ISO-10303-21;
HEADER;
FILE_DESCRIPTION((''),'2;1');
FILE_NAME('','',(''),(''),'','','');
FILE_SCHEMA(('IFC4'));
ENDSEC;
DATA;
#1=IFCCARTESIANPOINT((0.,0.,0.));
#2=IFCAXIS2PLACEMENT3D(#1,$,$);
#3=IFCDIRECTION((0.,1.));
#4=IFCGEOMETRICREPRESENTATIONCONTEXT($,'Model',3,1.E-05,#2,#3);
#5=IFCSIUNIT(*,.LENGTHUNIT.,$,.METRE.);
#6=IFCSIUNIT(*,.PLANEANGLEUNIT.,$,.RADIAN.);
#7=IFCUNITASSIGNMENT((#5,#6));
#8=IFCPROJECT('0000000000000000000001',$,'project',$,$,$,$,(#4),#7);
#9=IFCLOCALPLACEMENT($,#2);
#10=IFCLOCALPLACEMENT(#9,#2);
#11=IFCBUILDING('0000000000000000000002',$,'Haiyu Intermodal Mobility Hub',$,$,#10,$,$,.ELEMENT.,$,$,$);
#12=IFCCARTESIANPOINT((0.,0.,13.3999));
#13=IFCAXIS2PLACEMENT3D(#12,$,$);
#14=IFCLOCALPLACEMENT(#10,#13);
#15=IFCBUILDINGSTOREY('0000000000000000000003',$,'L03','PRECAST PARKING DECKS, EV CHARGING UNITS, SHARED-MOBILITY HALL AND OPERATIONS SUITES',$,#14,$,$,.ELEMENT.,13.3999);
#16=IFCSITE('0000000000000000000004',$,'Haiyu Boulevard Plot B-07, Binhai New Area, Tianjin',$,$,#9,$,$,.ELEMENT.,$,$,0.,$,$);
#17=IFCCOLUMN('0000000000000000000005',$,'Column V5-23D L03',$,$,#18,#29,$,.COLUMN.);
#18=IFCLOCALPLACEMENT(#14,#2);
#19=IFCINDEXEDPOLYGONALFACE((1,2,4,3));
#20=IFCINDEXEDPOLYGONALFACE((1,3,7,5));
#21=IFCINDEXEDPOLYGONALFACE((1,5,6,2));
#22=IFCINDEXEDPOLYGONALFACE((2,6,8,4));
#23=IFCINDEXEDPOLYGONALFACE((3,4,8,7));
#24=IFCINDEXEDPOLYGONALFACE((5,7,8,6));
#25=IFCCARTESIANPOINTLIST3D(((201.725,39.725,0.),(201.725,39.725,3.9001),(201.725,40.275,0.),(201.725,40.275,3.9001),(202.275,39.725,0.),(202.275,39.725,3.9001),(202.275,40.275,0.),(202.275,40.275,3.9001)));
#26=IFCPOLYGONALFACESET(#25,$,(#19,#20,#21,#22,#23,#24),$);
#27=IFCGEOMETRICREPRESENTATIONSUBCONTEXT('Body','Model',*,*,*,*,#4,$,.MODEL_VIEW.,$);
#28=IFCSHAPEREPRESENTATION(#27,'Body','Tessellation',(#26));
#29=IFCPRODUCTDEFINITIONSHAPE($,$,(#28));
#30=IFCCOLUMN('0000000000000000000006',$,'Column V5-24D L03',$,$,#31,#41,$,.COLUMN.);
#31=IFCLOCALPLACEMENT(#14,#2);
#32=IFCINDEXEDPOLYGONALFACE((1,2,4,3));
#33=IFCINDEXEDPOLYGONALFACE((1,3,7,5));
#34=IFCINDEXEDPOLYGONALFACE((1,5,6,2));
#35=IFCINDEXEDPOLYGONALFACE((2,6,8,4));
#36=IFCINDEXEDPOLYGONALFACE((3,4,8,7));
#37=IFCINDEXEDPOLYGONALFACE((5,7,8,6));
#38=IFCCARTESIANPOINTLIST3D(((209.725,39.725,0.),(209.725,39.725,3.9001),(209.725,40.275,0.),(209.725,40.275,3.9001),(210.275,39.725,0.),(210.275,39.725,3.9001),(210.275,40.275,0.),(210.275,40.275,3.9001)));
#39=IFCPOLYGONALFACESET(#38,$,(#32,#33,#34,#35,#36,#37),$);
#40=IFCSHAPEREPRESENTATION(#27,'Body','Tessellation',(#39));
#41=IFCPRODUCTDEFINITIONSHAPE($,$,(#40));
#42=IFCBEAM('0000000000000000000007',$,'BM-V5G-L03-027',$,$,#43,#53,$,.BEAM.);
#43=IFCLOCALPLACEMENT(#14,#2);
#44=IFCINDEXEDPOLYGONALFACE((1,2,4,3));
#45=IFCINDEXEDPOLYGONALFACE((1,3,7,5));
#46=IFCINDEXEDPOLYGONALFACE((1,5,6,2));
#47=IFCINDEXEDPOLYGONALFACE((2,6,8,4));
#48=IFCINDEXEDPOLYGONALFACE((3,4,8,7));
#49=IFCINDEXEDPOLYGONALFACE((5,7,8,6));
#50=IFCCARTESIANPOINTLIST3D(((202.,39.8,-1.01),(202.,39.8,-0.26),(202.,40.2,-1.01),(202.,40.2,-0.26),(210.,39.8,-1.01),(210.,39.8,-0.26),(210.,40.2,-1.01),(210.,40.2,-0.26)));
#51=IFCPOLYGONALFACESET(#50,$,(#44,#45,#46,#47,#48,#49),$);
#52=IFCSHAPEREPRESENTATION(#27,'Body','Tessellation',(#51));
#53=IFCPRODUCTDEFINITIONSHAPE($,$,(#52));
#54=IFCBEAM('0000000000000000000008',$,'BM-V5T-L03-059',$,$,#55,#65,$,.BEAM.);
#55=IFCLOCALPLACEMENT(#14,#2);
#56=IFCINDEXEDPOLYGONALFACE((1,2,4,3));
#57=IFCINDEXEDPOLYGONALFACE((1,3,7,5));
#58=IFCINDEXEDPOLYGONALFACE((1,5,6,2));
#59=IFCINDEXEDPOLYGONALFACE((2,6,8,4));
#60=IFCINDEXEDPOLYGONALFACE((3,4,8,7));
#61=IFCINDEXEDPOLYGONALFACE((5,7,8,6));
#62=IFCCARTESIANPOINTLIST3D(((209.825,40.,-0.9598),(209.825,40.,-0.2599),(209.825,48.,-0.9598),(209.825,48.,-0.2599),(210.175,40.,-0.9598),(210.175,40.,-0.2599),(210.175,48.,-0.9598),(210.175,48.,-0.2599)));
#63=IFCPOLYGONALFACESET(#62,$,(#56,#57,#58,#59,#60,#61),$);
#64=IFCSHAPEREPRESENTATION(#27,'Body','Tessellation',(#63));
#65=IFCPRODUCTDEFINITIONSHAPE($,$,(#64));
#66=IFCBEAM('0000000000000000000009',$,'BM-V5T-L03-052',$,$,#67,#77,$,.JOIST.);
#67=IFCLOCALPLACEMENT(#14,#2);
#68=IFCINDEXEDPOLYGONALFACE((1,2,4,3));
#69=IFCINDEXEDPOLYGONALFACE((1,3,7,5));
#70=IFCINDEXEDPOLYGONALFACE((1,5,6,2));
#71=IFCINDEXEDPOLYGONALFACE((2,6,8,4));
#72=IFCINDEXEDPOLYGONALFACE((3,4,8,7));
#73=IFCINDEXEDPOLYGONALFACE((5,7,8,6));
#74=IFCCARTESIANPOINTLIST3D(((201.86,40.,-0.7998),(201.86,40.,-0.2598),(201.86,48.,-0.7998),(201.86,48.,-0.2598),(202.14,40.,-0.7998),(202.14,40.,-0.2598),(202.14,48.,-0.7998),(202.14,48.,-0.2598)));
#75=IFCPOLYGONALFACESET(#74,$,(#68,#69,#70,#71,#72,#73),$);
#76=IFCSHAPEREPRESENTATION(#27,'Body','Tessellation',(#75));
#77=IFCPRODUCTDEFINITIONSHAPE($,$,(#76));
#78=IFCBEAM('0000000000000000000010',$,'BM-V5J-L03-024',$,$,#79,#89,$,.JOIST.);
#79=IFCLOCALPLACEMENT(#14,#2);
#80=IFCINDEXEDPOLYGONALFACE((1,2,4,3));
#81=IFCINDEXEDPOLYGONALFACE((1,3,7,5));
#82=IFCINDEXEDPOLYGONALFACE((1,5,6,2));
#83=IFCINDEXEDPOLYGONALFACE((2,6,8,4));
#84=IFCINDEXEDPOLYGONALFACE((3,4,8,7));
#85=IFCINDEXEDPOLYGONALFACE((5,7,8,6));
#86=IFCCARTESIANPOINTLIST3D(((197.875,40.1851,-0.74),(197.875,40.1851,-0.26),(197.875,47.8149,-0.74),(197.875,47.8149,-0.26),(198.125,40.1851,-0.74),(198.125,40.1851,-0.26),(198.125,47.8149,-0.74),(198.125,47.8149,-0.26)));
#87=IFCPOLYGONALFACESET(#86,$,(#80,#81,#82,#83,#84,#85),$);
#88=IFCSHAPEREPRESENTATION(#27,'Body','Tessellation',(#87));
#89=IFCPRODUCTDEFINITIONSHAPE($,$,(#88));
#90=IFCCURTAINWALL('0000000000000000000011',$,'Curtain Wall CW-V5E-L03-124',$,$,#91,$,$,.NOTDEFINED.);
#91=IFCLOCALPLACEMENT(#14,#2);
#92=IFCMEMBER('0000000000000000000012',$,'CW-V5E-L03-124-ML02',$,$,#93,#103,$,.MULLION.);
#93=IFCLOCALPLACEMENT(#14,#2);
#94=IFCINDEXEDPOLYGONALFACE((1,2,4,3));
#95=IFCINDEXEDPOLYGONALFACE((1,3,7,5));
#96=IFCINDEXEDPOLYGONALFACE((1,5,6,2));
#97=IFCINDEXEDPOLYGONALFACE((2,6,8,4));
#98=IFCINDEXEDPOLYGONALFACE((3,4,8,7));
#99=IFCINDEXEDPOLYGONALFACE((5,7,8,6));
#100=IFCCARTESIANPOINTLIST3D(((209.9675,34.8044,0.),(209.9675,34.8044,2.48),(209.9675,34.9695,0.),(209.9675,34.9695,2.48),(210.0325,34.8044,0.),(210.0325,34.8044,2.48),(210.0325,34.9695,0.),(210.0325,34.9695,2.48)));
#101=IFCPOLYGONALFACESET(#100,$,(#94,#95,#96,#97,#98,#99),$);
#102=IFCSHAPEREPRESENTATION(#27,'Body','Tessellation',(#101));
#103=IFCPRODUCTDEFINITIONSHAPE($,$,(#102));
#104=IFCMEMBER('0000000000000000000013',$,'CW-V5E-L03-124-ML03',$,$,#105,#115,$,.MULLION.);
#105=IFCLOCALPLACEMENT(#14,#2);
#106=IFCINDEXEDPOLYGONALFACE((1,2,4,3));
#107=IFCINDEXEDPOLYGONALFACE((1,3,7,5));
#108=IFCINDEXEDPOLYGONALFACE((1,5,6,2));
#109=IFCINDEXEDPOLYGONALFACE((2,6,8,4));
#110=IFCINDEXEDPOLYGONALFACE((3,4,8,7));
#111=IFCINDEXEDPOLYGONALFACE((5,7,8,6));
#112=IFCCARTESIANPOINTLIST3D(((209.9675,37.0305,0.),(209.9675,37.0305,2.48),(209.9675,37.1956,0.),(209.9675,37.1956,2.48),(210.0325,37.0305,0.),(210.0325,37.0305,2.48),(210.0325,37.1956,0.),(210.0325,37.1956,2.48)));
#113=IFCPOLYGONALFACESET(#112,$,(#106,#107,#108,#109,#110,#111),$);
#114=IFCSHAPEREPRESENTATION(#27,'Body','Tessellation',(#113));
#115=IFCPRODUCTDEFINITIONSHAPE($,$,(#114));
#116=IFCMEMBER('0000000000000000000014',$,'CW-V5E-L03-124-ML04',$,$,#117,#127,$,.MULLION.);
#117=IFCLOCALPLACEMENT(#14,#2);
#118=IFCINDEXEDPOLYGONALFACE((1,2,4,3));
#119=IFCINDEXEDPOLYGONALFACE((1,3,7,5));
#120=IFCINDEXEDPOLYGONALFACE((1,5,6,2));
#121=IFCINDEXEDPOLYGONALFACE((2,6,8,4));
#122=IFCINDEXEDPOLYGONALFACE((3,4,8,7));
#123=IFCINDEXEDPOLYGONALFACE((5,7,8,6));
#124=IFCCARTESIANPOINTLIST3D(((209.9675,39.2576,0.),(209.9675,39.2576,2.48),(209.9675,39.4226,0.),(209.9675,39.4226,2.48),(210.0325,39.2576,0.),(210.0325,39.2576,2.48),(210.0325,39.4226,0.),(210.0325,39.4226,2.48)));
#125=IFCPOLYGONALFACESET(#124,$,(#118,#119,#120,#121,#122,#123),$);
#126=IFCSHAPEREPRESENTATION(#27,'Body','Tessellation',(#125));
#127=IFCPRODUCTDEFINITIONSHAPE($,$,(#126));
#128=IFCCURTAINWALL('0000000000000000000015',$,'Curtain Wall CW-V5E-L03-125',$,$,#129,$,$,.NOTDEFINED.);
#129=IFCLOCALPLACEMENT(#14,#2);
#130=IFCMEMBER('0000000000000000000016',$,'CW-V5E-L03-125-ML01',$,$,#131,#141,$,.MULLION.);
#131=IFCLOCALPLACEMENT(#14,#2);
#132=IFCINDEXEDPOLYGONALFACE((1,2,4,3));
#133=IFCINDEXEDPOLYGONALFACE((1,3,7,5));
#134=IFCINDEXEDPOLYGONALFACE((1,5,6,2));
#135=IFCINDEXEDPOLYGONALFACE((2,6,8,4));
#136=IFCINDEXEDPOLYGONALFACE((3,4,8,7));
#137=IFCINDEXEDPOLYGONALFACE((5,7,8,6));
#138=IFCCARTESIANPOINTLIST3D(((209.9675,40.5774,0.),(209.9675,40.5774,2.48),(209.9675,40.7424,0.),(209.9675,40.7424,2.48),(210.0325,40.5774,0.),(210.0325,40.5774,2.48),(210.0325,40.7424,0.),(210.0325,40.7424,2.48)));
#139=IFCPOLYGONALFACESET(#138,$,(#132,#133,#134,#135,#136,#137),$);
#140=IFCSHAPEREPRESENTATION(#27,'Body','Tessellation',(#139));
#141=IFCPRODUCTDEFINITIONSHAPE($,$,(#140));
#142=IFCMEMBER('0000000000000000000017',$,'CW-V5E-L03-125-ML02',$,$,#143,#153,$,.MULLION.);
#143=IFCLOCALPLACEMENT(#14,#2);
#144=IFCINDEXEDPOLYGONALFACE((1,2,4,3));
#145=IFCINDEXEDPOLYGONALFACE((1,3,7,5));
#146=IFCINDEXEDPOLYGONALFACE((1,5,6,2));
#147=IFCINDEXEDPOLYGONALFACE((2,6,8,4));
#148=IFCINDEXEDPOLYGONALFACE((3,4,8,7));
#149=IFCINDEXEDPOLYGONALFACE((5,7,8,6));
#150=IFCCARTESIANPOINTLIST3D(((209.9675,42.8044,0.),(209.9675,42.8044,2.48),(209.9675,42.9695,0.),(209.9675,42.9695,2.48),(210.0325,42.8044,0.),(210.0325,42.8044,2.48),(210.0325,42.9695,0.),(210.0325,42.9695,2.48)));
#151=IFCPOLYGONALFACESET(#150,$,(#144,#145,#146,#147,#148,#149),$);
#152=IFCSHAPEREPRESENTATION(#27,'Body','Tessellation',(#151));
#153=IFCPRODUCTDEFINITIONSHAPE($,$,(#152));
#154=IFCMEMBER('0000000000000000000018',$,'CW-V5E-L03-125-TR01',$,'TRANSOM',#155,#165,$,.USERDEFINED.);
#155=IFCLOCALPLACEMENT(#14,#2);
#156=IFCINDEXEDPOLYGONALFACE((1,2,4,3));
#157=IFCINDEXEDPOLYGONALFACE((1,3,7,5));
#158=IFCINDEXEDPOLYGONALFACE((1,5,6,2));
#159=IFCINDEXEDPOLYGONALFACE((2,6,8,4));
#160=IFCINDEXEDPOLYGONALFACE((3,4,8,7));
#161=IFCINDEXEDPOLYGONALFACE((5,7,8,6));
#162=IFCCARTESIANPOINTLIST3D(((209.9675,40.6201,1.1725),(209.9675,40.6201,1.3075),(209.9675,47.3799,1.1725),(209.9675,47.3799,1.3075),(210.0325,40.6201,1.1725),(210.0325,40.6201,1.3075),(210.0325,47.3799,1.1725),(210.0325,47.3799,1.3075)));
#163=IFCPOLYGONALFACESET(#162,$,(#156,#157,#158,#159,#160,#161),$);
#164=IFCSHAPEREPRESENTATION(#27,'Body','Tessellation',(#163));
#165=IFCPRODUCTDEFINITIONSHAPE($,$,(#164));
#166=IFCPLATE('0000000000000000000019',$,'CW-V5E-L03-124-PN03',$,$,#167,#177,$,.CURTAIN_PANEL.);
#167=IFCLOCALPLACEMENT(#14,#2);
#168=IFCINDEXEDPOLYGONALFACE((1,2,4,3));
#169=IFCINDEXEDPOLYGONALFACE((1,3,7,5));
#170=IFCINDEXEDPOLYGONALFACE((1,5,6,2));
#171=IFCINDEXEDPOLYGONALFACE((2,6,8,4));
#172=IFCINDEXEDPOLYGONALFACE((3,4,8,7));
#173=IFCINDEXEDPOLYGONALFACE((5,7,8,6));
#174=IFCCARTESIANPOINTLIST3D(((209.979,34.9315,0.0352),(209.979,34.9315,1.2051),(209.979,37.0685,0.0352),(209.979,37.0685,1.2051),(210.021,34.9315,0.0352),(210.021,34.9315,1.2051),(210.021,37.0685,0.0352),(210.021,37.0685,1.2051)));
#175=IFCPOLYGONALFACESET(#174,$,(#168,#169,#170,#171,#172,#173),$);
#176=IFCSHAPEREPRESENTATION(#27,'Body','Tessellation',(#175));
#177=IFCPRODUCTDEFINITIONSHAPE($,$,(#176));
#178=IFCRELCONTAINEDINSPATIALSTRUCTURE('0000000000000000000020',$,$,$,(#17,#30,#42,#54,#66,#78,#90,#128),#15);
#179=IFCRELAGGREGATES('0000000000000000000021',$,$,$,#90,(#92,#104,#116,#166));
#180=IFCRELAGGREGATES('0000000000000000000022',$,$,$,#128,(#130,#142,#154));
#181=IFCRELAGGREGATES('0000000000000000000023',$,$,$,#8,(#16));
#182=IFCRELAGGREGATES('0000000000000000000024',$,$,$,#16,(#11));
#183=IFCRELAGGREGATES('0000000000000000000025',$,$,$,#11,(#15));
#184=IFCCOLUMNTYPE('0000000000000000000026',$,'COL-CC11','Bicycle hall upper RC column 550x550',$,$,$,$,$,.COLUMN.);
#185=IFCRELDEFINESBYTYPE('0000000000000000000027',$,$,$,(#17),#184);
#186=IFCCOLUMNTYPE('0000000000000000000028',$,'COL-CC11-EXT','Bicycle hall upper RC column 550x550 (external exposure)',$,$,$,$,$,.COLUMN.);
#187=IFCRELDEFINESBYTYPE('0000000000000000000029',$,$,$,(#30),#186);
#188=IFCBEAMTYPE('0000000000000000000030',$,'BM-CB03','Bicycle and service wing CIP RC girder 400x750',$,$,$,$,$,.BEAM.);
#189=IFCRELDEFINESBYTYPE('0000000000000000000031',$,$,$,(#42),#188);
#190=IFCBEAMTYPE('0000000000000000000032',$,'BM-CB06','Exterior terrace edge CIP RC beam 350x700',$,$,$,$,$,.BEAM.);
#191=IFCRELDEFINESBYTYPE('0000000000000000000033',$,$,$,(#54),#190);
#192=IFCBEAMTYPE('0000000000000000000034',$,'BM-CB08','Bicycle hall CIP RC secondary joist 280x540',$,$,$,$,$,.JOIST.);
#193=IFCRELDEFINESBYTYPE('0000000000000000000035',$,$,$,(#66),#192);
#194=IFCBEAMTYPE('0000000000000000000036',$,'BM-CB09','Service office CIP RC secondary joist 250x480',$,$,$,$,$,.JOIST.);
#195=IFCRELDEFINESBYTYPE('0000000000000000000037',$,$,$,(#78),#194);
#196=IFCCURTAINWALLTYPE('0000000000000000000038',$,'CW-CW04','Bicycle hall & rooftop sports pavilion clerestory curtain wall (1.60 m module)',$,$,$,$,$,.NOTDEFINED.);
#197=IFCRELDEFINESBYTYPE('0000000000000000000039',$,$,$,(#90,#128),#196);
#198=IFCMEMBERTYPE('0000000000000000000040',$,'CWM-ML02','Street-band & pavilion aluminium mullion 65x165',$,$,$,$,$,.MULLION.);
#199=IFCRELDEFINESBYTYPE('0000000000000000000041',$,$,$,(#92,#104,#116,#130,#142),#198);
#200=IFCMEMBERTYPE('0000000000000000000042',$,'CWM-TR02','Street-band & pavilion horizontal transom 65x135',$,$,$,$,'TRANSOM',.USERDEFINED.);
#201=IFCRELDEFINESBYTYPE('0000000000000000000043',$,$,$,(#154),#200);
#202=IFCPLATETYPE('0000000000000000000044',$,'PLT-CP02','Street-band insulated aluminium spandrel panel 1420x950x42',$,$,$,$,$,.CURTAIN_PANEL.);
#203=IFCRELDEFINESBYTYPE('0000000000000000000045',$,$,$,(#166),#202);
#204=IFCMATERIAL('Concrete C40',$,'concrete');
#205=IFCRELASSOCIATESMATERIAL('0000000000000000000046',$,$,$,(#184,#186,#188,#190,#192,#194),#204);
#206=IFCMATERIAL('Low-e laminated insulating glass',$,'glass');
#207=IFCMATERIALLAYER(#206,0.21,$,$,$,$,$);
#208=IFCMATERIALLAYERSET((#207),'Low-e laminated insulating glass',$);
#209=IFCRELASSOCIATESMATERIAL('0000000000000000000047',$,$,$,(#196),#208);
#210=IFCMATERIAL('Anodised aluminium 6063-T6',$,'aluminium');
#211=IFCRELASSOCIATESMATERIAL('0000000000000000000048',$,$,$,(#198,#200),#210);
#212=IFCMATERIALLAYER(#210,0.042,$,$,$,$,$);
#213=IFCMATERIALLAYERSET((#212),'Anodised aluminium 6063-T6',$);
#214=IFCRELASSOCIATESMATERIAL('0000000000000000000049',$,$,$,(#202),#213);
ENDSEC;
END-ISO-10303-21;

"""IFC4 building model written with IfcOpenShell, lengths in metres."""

from ifc_helpers import new_model, si_unit, direction, frame, origin, origin_2d, place, context, subcontext, project, spatial, rectangle, extrude, material, layer, layer_set, material_profile, profile_set, type_object, element, aggregate, save


model = new_model("IFC4")

# Units and contexts
model_context = context("Model", 3, precision=1e-05, world=origin(), true_north=direction((0.0, 1.0)))
body_context = subcontext(model_context, "Body", "Model", "MODEL_VIEW")
ifc_project = project(units=[si_unit("LENGTHUNIT", "METRE"), si_unit("PLANEANGLEUNIT", "RADIAN")], contexts=[model_context])

# Site, building, storey
site_placement = place(None, origin())
site = spatial("IfcSite", under=ifc_project, at=site_placement, Name="Haiyu Boulevard Plot B-07, Binhai New Area, Tianjin", CompositionType="ELEMENT", RefElevation=0.0)
building_placement = place(site_placement, origin())
building = spatial("IfcBuilding", under=site, at=building_placement, Name="Haiyu Intermodal Mobility Hub", CompositionType="ELEMENT")
storey_placement = place(building_placement, frame((0.0, 0.0, 13.3999)))
storey = spatial("IfcBuildingStorey", under=building, at=storey_placement, Name="L03", Description="PRECAST PARKING DECKS, EV CHARGING UNITS, SHARED-MOBILITY HALL AND OPERATIONS SUITES", CompositionType="ELEMENT", Elevation=13.3999)

# Columns
ifc_material_1 = material(Name="Concrete C40", Category="concrete")
ifc_material_profile_1 = material_profile(ifc_material_1, rectangle(XDim=0.55, YDim=0.55, at=origin_2d()), Name="RC550x550")
ifc_profile_set_1 = profile_set([ifc_material_profile_1], Name="Concrete C40")
column_type_1 = type_object("IfcColumnType", Name="COL-CC11", Description="Bicycle hall upper RC column 550x550", PredefinedType="COLUMN", material=ifc_profile_set_1)
column_1_placement = place(storey_placement, frame((202.0, 40.0, 0.0), z_axis=(0.0, 0.0, 1.0), x_axis=(1.0, 0.0, 0.0)))
element("IfcColumn", 1, at=column_1_placement, inside=storey, type_object=column_type_1, Name="Column V5-23D L03", PredefinedType="COLUMN", context=body_context, shape_type="SweptSolid", body=[
    extrude(rectangle(XDim=0.55, YDim=0.55, at=origin_2d()), origin(), (0.0, 0.0, 1.0), 3.9001),
])
ifc_material_profile_2 = material_profile(ifc_material_1, rectangle(XDim=0.55, YDim=0.55, at=origin_2d()), Name="RC550x550")
ifc_profile_set_2 = profile_set([ifc_material_profile_2], Name="Concrete C40")
column_type_2 = type_object("IfcColumnType", Name="COL-CC11-EXT", Description="Bicycle hall upper RC column 550x550 (external exposure)", PredefinedType="COLUMN", material=ifc_profile_set_2)
column_2_placement = place(storey_placement, frame((210.0, 40.0, 0.0), z_axis=(0.0, 0.0, 1.0), x_axis=(1.0, 0.0, 0.0)))
element("IfcColumn", 2, at=column_2_placement, inside=storey, type_object=column_type_2, Name="Column V5-24D L03", PredefinedType="COLUMN", context=body_context, shape_type="SweptSolid", body=[
    extrude(rectangle(XDim=0.55, YDim=0.55, at=origin_2d()), origin(), (0.0, 0.0, 1.0), 3.9001),
])

# Beams
ifc_material_profile_3 = material_profile(ifc_material_1, rectangle(XDim=0.3999, YDim=0.75, at=origin_2d()), Name="RCB400x750")
ifc_profile_set_3 = profile_set([ifc_material_profile_3], Name="Concrete C40")
beam_type_1 = type_object("IfcBeamType", Name="BM-CB03", Description="Bicycle and service wing CIP RC girder 400x750", PredefinedType="BEAM", material=ifc_profile_set_3)
beam_1_placement = place(storey_placement, frame((202.0, 40.0, -0.635), z_axis=(1.0, 0.0, 0.0), x_axis=(0.0, 1.0, 0.0)))
element("IfcBeam", 3, at=beam_1_placement, inside=storey, type_object=beam_type_1, Name="BM-V5G-L03-027", PredefinedType="BEAM", context=body_context, shape_type="SweptSolid", body=[
    extrude(rectangle(XDim=0.3999, YDim=0.75, at=origin_2d()), origin(), (0.0, 0.0, 1.0), 8.0),
])
ifc_material_profile_4 = material_profile(ifc_material_1, rectangle(XDim=0.3501, YDim=0.7, at=origin_2d()), Name="RCB350x700")
ifc_profile_set_4 = profile_set([ifc_material_profile_4], Name="Concrete C40")
beam_type_2 = type_object("IfcBeamType", Name="BM-CB06", Description="Exterior terrace edge CIP RC beam 350x700", PredefinedType="BEAM", material=ifc_profile_set_4)
beam_2_placement = place(storey_placement, frame((210.0, 40.0, -0.6099), z_axis=(0.0, 1.0, 0.0), x_axis=(-1.0, 0.0, 0.0)))
element("IfcBeam", 4, at=beam_2_placement, inside=storey, type_object=beam_type_2, Name="BM-V5T-L03-059", PredefinedType="BEAM", context=body_context, shape_type="SweptSolid", body=[
    extrude(rectangle(XDim=0.3501, YDim=0.7, at=origin_2d()), origin(), (0.0, 0.0, 1.0), 8.0),
])
ifc_material_profile_5 = material_profile(ifc_material_1, rectangle(XDim=0.28, YDim=0.54, at=origin_2d()), Name="RCB280x540")
ifc_profile_set_5 = profile_set([ifc_material_profile_5], Name="Concrete C40")
beam_type_3 = type_object("IfcBeamType", Name="BM-CB08", Description="Bicycle hall CIP RC secondary joist 280x540", PredefinedType="JOIST", material=ifc_profile_set_5)
beam_3_placement = place(storey_placement, frame((202.0, 40.0, -0.5298), z_axis=(0.0, 1.0, 0.0), x_axis=(-1.0, 0.0, 0.0)))
element("IfcBeam", 5, at=beam_3_placement, inside=storey, type_object=beam_type_3, Name="BM-V5T-L03-052", PredefinedType="JOIST", context=body_context, shape_type="SweptSolid", body=[
    extrude(rectangle(XDim=0.28, YDim=0.54, at=origin_2d()), origin(), (0.0, 0.0, 1.0), 8.0),
])
ifc_material_profile_6 = material_profile(ifc_material_1, rectangle(XDim=0.25, YDim=0.48, at=origin_2d()), Name="RCB250x480")
ifc_profile_set_6 = profile_set([ifc_material_profile_6], Name="Concrete C40")
beam_type_4 = type_object("IfcBeamType", Name="BM-CB09", Description="Service office CIP RC secondary joist 250x480", PredefinedType="JOIST", material=ifc_profile_set_6)
beam_4_placement = place(storey_placement, frame((198.0, 40.1851, -0.5), z_axis=(0.0, 1.0, 0.0), x_axis=(-1.0, 0.0, 0.0)))
element("IfcBeam", 6, at=beam_4_placement, inside=storey, type_object=beam_type_4, Name="BM-V5J-L03-024", PredefinedType="JOIST", context=body_context, shape_type="SweptSolid", body=[
    extrude(rectangle(XDim=0.25, YDim=0.48, at=origin_2d()), origin(), (0.0, 0.0, 1.0), 7.6299),
])

# Curtain walls, members
ifc_material_2 = material(Name="Low-e laminated insulating glass", Category="glass")
ifc_layer_1 = layer(ifc_material_2, 0.21)
ifc_layer_set_1 = layer_set([ifc_layer_1], Name="Low-e laminated insulating glass")
curtain_wall_type = type_object("IfcCurtainWallType", Name="CW-CW04", Description="Bicycle hall & rooftop sports pavilion clerestory curtain wall (1.60 m module)", PredefinedType="NOTDEFINED", material=ifc_layer_set_1)
curtain_wall_1_placement = place(storey_placement, origin())
curtain_wall_1 = element("IfcCurtainWall", 7, at=curtain_wall_1_placement, inside=storey, type_object=curtain_wall_type, Name="Curtain Wall CW-V5E-L03-124", PredefinedType="NOTDEFINED")
ifc_material_3 = material(Name="Anodised aluminium 6063-T6", Category="aluminium")
ifc_material_profile_7 = material_profile(ifc_material_3, rectangle(XDim=0.0649, YDim=0.165, at=origin_2d()), Name="ALU65x165")
ifc_profile_set_7 = profile_set([ifc_material_profile_7], Name="Anodised aluminium 6063-T6")
member_type_1 = type_object("IfcMemberType", Name="CWM-ML02", Description="Street-band & pavilion aluminium mullion 65x165", PredefinedType="MULLION", material=ifc_profile_set_7)
member_1_placement = place(storey_placement, frame((210.0, 34.887, 0.0), z_axis=(0.0, 0.0, 1.0), x_axis=(1.0, 0.0, 0.0)))
member_1 = element("IfcMember", 8, at=member_1_placement, type_object=member_type_1, Name="CW-V5E-L03-124-ML02", PredefinedType="MULLION", context=body_context, shape_type="SweptSolid", body=[
    extrude(rectangle(XDim=0.0649, YDim=0.165, at=origin_2d()), origin(), (0.0, 0.0, 1.0), 2.48),
])
member_2_placement = place(storey_placement, frame((210.0, 37.113, 0.0), z_axis=(0.0, 0.0, 1.0), x_axis=(1.0, 0.0, 0.0)))
member_2 = element("IfcMember", 9, at=member_2_placement, type_object=member_type_1, Name="CW-V5E-L03-124-ML03", PredefinedType="MULLION", context=body_context, shape_type="SweptSolid", body=[
    extrude(rectangle(XDim=0.0649, YDim=0.165, at=origin_2d()), origin(), (0.0, 0.0, 1.0), 2.48),
])
member_3_placement = place(storey_placement, frame((210.0, 39.3401, 0.0), z_axis=(0.0, 0.0, 1.0), x_axis=(1.0, 0.0, 0.0)))
member_3 = element("IfcMember", 10, at=member_3_placement, type_object=member_type_1, Name="CW-V5E-L03-124-ML04", PredefinedType="MULLION", context=body_context, shape_type="SweptSolid", body=[
    extrude(rectangle(XDim=0.0649, YDim=0.165, at=origin_2d()), origin(), (0.0, 0.0, 1.0), 2.48),
])
curtain_wall_2_placement = place(storey_placement, origin())
curtain_wall_2 = element("IfcCurtainWall", 11, at=curtain_wall_2_placement, inside=storey, type_object=curtain_wall_type, Name="Curtain Wall CW-V5E-L03-125", PredefinedType="NOTDEFINED")
member_4_placement = place(storey_placement, frame((210.0, 40.6599, 0.0), z_axis=(0.0, 0.0, 1.0), x_axis=(1.0, 0.0, 0.0)))
member_4 = element("IfcMember", 12, at=member_4_placement, type_object=member_type_1, Name="CW-V5E-L03-125-ML01", PredefinedType="MULLION", context=body_context, shape_type="SweptSolid", body=[
    extrude(rectangle(XDim=0.0649, YDim=0.165, at=origin_2d()), origin(), (0.0, 0.0, 1.0), 2.48),
])
member_5_placement = place(storey_placement, frame((210.0, 42.887, 0.0), z_axis=(0.0, 0.0, 1.0), x_axis=(1.0, 0.0, 0.0)))
member_5 = element("IfcMember", 13, at=member_5_placement, type_object=member_type_1, Name="CW-V5E-L03-125-ML02", PredefinedType="MULLION", context=body_context, shape_type="SweptSolid", body=[
    extrude(rectangle(XDim=0.0649, YDim=0.165, at=origin_2d()), origin(), (0.0, 0.0, 1.0), 2.48),
])
ifc_material_profile_8 = material_profile(ifc_material_3, rectangle(XDim=0.0649, YDim=0.135, at=origin_2d()), Name="ALU65x135")
ifc_profile_set_8 = profile_set([ifc_material_profile_8], Name="Anodised aluminium 6063-T6")
member_type_2 = type_object("IfcMemberType", Name="CWM-TR02", Description="Street-band & pavilion horizontal transom 65x135", ElementType="TRANSOM", PredefinedType="USERDEFINED", material=ifc_profile_set_8)
member_6_placement = place(storey_placement, frame((210.0, 40.6201, 1.24), z_axis=(0.0, 1.0, 0.0), x_axis=(-1.0, 0.0, 0.0)))
member_6 = element("IfcMember", 14, at=member_6_placement, type_object=member_type_2, Name="CW-V5E-L03-125-TR01", ObjectType="TRANSOM", PredefinedType="USERDEFINED", context=body_context, shape_type="SweptSolid", body=[
    extrude(rectangle(XDim=0.0649, YDim=0.135, at=origin_2d()), origin(), (0.0, 0.0, 1.0), 6.7598),
])

# Plate
ifc_layer_2 = layer(ifc_material_3, 0.042)
ifc_layer_set_2 = layer_set([ifc_layer_2], Name="Anodised aluminium 6063-T6")
plate_type_1 = type_object("IfcPlateType", Name="PLT-CP02", Description="Street-band insulated aluminium spandrel panel 1420x950x42", PredefinedType="CURTAIN_PANEL", material=ifc_layer_set_2)
plate_1_placement = place(storey_placement, frame((210.0, 36.0, 0.0352), z_axis=(0.0, 0.0, 1.0), x_axis=(0.0, 1.0, 0.0)))
plate_1 = element("IfcPlate", 15, at=plate_1_placement, type_object=plate_type_1, Name="CW-V5E-L03-124-PN03", PredefinedType="CURTAIN_PANEL", context=body_context, shape_type="SweptSolid", body=[
    extrude(rectangle(XDim=2.137, YDim=0.042, at=origin_2d()), origin(), (0.0, 0.0, 1.0), 1.1699),
])
aggregate(curtain_wall_1, [member_1, member_2, member_3, plate_1])
aggregate(curtain_wall_2, [member_4, member_5, member_6])

save(model, "model.ifc")
